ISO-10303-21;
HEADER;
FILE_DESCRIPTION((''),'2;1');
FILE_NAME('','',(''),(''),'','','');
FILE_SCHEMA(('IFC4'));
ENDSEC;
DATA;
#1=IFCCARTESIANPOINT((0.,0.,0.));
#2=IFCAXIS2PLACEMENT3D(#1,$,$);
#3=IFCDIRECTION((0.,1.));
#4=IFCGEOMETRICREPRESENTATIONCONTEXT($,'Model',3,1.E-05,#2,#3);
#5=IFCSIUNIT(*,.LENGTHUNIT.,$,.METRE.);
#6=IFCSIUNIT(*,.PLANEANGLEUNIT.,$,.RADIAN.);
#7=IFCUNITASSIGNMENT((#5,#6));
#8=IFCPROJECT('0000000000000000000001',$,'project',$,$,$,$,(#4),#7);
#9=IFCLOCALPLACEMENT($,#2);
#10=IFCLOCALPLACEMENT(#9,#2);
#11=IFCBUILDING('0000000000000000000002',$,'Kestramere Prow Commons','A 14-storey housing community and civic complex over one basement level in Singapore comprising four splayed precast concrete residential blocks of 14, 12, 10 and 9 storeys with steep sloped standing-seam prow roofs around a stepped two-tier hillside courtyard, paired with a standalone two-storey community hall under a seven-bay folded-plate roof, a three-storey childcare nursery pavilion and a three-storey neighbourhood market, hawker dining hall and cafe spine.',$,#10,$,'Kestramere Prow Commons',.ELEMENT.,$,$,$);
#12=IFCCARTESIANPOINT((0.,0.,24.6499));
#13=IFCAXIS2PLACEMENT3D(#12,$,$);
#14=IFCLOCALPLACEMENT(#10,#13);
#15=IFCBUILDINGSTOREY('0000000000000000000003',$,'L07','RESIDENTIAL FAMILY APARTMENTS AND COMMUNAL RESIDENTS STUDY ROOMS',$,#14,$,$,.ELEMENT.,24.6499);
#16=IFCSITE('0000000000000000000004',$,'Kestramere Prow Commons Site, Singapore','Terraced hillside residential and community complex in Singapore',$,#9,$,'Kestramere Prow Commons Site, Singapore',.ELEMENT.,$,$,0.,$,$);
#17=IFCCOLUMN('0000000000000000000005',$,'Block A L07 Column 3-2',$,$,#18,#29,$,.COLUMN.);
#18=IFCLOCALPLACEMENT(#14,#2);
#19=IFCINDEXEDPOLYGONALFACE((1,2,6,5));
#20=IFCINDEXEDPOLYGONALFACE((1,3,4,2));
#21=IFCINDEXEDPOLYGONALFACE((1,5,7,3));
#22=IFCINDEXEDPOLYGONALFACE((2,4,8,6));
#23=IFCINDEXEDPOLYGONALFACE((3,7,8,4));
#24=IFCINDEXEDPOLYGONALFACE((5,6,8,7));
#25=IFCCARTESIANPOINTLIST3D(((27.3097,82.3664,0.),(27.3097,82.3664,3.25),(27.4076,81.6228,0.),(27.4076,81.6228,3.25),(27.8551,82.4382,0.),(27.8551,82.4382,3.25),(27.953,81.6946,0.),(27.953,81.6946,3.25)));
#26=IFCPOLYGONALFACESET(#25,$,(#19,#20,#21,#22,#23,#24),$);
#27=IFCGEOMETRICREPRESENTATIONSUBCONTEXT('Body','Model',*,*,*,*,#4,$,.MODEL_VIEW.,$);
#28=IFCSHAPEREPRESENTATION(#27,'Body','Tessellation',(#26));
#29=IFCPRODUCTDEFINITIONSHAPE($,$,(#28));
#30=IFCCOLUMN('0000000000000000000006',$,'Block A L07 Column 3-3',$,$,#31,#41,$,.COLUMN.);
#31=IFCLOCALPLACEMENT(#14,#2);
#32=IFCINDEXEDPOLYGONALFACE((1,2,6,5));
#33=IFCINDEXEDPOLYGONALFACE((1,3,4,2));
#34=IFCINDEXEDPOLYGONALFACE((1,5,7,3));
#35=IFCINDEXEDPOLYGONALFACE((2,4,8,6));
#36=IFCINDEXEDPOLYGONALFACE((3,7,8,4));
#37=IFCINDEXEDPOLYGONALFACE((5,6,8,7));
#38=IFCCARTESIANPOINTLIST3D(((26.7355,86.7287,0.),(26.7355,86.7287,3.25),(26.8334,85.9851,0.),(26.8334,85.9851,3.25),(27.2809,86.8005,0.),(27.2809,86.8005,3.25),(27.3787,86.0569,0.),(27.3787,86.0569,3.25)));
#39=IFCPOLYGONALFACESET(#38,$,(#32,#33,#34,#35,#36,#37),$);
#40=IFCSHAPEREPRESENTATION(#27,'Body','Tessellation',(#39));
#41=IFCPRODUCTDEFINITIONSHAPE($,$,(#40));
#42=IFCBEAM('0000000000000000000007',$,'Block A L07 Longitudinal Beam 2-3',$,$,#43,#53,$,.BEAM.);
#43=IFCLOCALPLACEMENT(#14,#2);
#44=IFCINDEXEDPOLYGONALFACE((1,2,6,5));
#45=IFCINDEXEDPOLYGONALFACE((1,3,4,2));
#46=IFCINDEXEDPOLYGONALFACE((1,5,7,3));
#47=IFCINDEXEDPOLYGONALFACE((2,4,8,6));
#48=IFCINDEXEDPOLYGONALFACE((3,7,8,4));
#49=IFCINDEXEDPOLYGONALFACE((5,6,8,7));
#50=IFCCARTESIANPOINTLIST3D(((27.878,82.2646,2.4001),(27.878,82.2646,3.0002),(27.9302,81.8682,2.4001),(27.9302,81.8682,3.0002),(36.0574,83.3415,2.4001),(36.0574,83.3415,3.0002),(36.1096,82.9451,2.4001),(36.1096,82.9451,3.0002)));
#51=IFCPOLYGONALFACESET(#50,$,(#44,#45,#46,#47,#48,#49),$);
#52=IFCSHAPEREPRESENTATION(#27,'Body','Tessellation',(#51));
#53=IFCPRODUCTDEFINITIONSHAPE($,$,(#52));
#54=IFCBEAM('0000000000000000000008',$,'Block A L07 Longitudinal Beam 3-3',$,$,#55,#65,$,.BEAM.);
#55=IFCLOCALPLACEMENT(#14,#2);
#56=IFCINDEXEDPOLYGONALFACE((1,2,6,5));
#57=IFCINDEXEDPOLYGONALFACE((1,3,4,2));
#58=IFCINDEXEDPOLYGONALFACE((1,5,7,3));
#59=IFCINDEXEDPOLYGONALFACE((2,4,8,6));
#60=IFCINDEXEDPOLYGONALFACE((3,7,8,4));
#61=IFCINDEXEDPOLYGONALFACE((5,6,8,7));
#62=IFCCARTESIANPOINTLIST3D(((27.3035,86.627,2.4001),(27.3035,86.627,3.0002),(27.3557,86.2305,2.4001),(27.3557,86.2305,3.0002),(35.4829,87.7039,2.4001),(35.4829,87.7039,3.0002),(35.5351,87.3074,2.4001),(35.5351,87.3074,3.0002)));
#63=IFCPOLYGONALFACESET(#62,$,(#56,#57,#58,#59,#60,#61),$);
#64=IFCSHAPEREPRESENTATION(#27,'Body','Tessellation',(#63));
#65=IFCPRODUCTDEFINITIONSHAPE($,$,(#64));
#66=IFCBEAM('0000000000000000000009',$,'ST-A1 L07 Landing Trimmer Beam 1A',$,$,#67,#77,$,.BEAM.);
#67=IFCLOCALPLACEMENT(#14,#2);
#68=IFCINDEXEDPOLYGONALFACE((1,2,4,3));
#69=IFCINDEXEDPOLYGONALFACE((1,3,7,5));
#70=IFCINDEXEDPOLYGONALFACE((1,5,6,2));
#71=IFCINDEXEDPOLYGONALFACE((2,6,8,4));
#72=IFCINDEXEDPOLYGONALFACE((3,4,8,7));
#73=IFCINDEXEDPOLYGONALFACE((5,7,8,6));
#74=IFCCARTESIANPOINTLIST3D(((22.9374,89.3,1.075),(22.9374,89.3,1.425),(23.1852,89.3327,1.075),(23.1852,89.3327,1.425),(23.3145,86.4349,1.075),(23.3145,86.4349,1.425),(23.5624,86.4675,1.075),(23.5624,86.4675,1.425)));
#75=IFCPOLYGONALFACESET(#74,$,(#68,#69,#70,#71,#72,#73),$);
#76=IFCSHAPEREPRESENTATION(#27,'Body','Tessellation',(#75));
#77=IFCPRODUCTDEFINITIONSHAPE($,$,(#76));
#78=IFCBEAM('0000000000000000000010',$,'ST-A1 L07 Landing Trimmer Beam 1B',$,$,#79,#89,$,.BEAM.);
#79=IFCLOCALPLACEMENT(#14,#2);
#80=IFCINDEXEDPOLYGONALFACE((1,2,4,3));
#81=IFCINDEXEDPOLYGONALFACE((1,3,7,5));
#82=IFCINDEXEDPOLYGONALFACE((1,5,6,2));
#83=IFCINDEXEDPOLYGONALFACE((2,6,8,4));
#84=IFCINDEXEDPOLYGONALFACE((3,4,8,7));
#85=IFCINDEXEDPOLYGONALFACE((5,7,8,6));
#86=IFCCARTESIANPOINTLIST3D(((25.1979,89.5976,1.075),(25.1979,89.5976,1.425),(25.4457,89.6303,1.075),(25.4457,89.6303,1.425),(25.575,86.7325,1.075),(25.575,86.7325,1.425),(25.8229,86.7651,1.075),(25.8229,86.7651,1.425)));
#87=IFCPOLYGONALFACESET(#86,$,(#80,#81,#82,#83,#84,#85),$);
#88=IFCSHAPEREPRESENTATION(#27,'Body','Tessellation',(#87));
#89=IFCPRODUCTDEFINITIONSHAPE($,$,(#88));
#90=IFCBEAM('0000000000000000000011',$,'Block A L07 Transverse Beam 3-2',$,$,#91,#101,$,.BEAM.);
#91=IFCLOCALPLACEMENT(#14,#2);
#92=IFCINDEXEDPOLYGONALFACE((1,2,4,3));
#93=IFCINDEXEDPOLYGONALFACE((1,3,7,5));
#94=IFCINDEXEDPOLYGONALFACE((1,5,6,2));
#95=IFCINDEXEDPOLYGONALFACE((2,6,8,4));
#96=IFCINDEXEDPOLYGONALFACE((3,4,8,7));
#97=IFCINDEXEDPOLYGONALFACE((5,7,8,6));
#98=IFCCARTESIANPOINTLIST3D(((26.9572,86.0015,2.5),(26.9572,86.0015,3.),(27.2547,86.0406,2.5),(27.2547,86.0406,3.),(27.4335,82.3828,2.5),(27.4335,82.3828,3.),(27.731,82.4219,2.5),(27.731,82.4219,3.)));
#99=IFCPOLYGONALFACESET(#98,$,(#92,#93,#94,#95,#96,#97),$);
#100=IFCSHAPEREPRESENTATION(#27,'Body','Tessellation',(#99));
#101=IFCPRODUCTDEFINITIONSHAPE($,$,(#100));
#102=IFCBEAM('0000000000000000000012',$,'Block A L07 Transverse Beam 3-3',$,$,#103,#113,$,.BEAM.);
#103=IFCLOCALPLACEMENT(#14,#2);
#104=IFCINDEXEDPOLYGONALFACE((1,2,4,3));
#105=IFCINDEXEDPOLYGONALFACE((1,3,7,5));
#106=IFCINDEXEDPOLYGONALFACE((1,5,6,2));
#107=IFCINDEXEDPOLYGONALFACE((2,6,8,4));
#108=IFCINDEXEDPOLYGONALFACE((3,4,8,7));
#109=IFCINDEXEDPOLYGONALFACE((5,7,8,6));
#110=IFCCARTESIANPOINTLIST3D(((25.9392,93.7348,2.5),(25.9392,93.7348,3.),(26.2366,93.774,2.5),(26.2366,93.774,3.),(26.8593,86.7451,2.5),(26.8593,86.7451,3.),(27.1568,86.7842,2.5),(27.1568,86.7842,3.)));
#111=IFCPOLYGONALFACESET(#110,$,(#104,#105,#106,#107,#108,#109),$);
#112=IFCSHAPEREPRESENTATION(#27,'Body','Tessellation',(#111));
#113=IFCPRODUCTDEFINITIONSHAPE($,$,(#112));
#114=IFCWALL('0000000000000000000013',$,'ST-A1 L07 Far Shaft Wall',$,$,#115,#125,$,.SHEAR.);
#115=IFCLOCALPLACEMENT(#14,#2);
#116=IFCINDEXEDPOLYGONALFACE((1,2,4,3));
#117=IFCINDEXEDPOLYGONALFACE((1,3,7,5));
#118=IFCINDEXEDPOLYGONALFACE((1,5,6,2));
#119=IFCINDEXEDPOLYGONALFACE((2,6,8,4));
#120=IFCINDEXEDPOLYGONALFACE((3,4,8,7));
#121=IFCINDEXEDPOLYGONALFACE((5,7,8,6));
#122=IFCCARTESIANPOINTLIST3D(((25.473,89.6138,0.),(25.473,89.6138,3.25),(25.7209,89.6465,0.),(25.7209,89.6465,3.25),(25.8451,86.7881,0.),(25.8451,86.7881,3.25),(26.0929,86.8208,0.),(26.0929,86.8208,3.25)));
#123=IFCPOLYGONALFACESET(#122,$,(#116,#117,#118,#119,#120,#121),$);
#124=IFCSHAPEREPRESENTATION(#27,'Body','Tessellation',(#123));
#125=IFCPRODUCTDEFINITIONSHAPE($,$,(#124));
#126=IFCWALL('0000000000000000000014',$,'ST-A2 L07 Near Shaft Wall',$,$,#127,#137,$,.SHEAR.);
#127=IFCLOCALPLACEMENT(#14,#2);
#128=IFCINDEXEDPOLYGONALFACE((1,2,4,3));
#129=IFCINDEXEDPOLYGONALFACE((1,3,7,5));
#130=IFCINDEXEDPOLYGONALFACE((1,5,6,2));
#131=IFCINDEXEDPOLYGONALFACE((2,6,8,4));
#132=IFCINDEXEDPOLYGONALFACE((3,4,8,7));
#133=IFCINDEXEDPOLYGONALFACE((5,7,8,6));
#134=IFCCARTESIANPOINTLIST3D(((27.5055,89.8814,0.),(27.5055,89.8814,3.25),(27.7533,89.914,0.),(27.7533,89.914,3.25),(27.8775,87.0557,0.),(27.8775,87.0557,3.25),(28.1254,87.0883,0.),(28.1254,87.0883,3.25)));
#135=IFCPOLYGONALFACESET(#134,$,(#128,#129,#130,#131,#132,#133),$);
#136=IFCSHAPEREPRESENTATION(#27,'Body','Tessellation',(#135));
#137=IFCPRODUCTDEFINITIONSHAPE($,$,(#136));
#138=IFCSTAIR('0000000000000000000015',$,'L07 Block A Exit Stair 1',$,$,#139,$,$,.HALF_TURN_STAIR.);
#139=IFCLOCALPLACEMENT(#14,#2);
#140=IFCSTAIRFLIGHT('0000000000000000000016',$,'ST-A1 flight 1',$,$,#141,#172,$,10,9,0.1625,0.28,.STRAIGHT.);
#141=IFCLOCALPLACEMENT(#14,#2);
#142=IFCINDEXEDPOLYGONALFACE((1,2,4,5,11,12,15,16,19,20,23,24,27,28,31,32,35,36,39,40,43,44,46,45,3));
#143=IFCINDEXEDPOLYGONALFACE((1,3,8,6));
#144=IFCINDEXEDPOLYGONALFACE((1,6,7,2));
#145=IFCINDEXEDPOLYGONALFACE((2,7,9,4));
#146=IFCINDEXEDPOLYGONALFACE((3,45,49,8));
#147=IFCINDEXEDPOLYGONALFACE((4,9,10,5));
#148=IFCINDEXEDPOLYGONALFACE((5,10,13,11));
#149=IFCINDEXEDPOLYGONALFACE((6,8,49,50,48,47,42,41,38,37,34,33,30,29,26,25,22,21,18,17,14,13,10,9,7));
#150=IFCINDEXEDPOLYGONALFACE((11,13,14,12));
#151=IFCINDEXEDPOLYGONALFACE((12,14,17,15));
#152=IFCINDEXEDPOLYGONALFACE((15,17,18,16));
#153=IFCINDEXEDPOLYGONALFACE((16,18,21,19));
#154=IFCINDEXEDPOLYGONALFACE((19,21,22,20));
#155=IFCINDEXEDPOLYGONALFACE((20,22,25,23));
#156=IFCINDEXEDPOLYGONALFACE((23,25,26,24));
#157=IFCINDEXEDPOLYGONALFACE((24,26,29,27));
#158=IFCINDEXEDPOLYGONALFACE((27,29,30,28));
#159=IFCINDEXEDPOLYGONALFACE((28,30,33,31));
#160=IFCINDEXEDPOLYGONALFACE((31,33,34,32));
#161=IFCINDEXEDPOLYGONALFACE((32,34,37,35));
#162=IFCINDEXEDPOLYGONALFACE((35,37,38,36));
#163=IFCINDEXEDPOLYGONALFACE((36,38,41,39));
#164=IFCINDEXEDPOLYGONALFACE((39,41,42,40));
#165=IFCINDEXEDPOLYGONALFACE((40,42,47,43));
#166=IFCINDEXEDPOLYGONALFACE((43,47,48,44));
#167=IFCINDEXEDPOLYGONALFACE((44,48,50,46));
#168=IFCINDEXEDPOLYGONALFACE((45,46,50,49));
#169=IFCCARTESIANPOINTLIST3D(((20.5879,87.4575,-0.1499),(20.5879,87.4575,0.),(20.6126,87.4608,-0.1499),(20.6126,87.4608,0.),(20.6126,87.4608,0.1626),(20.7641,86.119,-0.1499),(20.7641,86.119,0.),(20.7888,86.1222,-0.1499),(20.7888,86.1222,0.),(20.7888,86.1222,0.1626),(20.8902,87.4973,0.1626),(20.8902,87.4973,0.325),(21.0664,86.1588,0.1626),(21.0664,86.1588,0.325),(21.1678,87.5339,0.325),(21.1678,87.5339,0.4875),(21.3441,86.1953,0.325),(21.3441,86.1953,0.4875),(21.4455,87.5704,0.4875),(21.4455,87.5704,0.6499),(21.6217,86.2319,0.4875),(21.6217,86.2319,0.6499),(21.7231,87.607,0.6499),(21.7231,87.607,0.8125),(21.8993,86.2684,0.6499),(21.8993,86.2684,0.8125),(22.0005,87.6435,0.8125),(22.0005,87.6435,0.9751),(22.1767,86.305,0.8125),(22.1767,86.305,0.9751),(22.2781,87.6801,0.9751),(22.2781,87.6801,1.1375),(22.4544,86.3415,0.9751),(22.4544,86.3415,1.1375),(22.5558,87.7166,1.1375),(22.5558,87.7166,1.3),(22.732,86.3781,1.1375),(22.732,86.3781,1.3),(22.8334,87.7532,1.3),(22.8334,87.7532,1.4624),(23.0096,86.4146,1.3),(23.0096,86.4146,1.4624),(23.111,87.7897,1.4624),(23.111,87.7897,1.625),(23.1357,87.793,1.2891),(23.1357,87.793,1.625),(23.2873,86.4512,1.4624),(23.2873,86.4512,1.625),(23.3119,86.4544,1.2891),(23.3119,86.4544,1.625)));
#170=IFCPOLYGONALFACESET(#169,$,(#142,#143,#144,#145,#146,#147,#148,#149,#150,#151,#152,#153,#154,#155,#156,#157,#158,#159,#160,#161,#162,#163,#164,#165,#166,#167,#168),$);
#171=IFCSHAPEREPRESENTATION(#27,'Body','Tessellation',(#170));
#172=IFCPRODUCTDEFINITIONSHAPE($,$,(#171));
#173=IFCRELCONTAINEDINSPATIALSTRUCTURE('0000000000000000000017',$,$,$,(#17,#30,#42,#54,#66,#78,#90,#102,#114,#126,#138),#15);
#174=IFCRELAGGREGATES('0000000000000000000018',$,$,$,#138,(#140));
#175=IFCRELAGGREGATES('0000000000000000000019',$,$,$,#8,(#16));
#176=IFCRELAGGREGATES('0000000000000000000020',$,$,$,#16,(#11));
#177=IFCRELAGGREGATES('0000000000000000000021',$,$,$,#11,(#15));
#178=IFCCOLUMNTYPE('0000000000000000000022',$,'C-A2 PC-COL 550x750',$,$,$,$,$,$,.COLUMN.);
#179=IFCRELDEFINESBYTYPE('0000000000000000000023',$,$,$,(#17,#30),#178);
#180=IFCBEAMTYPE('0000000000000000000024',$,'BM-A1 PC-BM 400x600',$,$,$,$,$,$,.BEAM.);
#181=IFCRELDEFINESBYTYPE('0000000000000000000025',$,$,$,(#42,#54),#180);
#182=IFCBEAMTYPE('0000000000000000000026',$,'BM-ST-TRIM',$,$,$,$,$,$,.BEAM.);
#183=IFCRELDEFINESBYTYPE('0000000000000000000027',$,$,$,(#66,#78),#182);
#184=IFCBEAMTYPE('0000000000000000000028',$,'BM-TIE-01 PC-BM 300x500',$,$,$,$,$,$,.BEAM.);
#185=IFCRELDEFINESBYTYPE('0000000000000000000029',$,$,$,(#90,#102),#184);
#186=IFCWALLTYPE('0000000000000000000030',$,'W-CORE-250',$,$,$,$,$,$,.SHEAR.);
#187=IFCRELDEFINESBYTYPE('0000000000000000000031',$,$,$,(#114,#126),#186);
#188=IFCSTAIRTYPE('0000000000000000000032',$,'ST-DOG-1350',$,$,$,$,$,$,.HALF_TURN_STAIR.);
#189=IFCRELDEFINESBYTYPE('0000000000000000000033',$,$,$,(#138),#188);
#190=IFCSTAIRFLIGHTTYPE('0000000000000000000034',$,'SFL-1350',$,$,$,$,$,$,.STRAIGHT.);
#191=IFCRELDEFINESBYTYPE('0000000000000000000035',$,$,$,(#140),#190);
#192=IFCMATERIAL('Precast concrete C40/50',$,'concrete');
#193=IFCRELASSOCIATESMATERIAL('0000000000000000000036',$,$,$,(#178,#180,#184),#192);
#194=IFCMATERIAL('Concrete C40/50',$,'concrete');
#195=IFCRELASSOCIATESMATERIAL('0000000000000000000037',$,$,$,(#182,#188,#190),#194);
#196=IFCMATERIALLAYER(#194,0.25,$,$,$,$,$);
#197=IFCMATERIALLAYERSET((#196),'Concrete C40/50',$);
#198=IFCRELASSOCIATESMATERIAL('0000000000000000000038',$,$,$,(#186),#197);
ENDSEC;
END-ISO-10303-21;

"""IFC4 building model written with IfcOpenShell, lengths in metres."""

from ifc_helpers import new_model, si_unit, direction, frame, frame_2d, origin, origin_2d, place, context, subcontext, project, spatial, polyline, rectangle, outline, extrude, material, layer, layer_set, material_profile, profile_set, type_object, element, aggregate, save


model = new_model("IFC4")

# Units and contexts
model_context = context("Model", 3, precision=1e-05, world=origin(), true_north=direction((0.0, 1.0)))
body_context = subcontext(model_context, "Body", "Model", "MODEL_VIEW")
ifc_project = project(units=[si_unit("LENGTHUNIT", "METRE"), si_unit("PLANEANGLEUNIT", "RADIAN")], contexts=[model_context])

# Site, building, storey
site_placement = place(None, origin())
site = spatial("IfcSite", under=ifc_project, at=site_placement, Name="Kestramere Prow Commons Site, Singapore", Description="Terraced hillside residential and community complex in Singapore", LongName="Kestramere Prow Commons Site, Singapore", CompositionType="ELEMENT", RefElevation=0.0)
building_placement = place(site_placement, origin())
building = spatial("IfcBuilding", under=site, at=building_placement, Name="Kestramere Prow Commons", Description="A 14-storey housing community and civic complex over one basement level in Singapore comprising four splayed precast concrete residential blocks of 14, 12, 10 and 9 storeys with steep sloped standing-seam prow roofs around a stepped two-tier hillside courtyard, paired with a standalone two-storey community hall under a seven-bay folded-plate roof, a three-storey childcare nursery pavilion and a three-storey neighbourhood market, hawker dining hall and cafe spine.", LongName="Kestramere Prow Commons", CompositionType="ELEMENT")
storey_placement = place(building_placement, frame((0.0, 0.0, 24.6499)))
storey = spatial("IfcBuildingStorey", under=building, at=storey_placement, Name="L07", Description="RESIDENTIAL FAMILY APARTMENTS AND COMMUNAL RESIDENTS STUDY ROOMS", CompositionType="ELEMENT", Elevation=24.6499)

# Columns
ifc_material_1 = material(Name="Precast concrete C40/50", Category="concrete")
ifc_material_profile_1 = material_profile(ifc_material_1, rectangle(XDim=0.55, YDim=0.75, at=origin_2d()), Name="PC-COL 550x750")
ifc_profile_set_1 = profile_set([ifc_material_profile_1], Name="Precast concrete C40/50")
column_type = type_object("IfcColumnType", Name="C-A2 PC-COL 550x750", PredefinedType="COLUMN", material=ifc_profile_set_1)
for number, where, z_axis, x_axis, name in (
    (1, (27.6313, 82.0305, 0.0), (0.0, 0.0, 1.0), (0.991445, 0.130526, 0.0), "Block A L07 Column 3-2"),
    (2, (27.0571, 86.3928, 0.0), (0.0, 0.0, 1.0), (0.991445, 0.130526, 0.0), "Block A L07 Column 3-3"),
):
    element("IfcColumn", number, at=place(storey_placement, frame(where, z_axis=z_axis, x_axis=x_axis)), inside=storey, type_object=column_type, Name=name, PredefinedType="COLUMN", context=body_context, shape_type="SweptSolid", body=[
        extrude(rectangle(XDim=0.55, YDim=0.75, at=origin_2d()), origin(), (0.0, 0.0, 1.0), 3.25),
    ])

# Beams
ifc_material_profile_2 = material_profile(ifc_material_1, rectangle(XDim=0.3999, YDim=0.6001, at=origin_2d()), Name="PC-BM 400x600")
ifc_profile_set_2 = profile_set([ifc_material_profile_2], Name="Precast concrete C40/50")
beam_type_1 = type_object("IfcBeamType", Name="BM-A1 PC-BM 400x600", PredefinedType="BEAM", material=ifc_profile_set_2)
for number, where, z_axis, x_axis, name in (
    (3, (27.9041, 82.0664, 2.7002), (0.991444, 0.130533, 0.0), (-0.130533, 0.991444, 0.0), "Block A L07 Longitudinal Beam 2-3"),
    (4, (27.3296, 86.4287, 2.7002), (0.991444, 0.130533, 0.0), (-0.130533, 0.991444, 0.0), "Block A L07 Longitudinal Beam 3-3"),
):
    element("IfcBeam", number, at=place(storey_placement, frame(where, z_axis=z_axis, x_axis=x_axis)), inside=storey, type_object=beam_type_1, Name=name, PredefinedType="BEAM", context=body_context, shape_type="SweptSolid", body=[
        extrude(rectangle(XDim=0.3999, YDim=0.6001, at=origin_2d()), origin(), (0.0, 0.0, 1.0), 8.25),
    ])
ifc_material_2 = material(Name="Concrete C40/50", Category="concrete")
ifc_material_profile_3 = material_profile(ifc_material_2, rectangle(XDim=0.25, YDim=0.3501, at=origin_2d()), Name="PC-BM 250x350")
ifc_profile_set_3 = profile_set([ifc_material_profile_3], Name="Concrete C40/50")
beam_type_2 = type_object("IfcBeamType", Name="BM-ST-TRIM", PredefinedType="BEAM", material=ifc_profile_set_3)
for number, where, z_axis, x_axis, name in (
    (5, (23.4385, 86.4512, 1.25), (-0.13052, 0.991446, 0.0), (-0.991446, -0.13052, 0.0), "ST-A1 L07 Landing Trimmer Beam 1A"),
    (6, (25.699, 86.7488, 1.25), (-0.13052, 0.991446, 0.0), (-0.991446, -0.13052, 0.0), "ST-A1 L07 Landing Trimmer Beam 1B"),
):
    element("IfcBeam", number, at=place(storey_placement, frame(where, z_axis=z_axis, x_axis=x_axis)), inside=storey, type_object=beam_type_2, Name=name, PredefinedType="BEAM", context=body_context, shape_type="SweptSolid", body=[
        extrude(rectangle(XDim=0.25, YDim=0.3501, at=origin_2d()), origin(), (0.0, 0.0, 1.0), 2.8899),
    ])
ifc_material_profile_4 = material_profile(ifc_material_1, rectangle(XDim=0.3, YDim=0.5, at=origin_2d()), Name="PC-BM 300x500")
ifc_profile_set_4 = profile_set([ifc_material_profile_4], Name="Precast concrete C40/50")
beam_type_3 = type_object("IfcBeamType", Name="BM-TIE-01 PC-BM 300x500", PredefinedType="BEAM", material=ifc_profile_set_4)
beam_1_placement = place(storey_placement, frame((27.5823, 82.4023, 2.75), z_axis=(-0.130503, 0.991448, 0.0), x_axis=(-0.991448, -0.130503, 0.0)))
element("IfcBeam", 7, at=beam_1_placement, inside=storey, type_object=beam_type_3, Name="Block A L07 Transverse Beam 3-2", PredefinedType="BEAM", context=body_context, shape_type="SweptSolid", body=[
    extrude(rectangle(XDim=0.3, YDim=0.5, at=origin_2d()), origin(), (0.0, 0.0, 1.0), 3.6499),
])
beam_2_placement = place(storey_placement, frame((27.0081, 86.7646, 2.75), z_axis=(-0.130519, 0.991446, 0.0), x_axis=(-0.991446, -0.130519, 0.0)))
element("IfcBeam", 8, at=beam_2_placement, inside=storey, type_object=beam_type_3, Name="Block A L07 Transverse Beam 3-3", PredefinedType="BEAM", context=body_context, shape_type="SweptSolid", body=[
    extrude(rectangle(XDim=0.3, YDim=0.5, at=origin_2d()), origin(), (0.0, 0.0, 1.0), 7.05),
])

# Wall
ifc_layer = layer(ifc_material_2, 0.25)
ifc_layer_set = layer_set([ifc_layer], Name="Concrete C40/50")
wall_type = type_object("IfcWallType", Name="W-CORE-250", PredefinedType="SHEAR", material=ifc_layer_set)
wall_1_placement = place(storey_placement, frame((25.969, 86.8044, 0.0), z_axis=(0.0, 0.0, 1.0), x_axis=(-0.130548, 0.991442, 0.0)))
element("IfcWall", 9, at=wall_1_placement, inside=storey, type_object=wall_type, Name="ST-A1 L07 Far Shaft Wall", PredefinedType="SHEAR", context=body_context, shape_type="SweptSolid", body=[
    extrude(rectangle(XDim=2.8501, YDim=0.25, at=frame_2d((1.425, 0.0))), origin(), (0.0, 0.0, 1.0), 3.25),
])

# Wall
wall_2_placement = place(storey_placement, frame((28.0015, 87.072, 0.0), z_axis=(0.0, 0.0, 1.0), x_axis=(-0.130548, 0.991442, 0.0)))
element("IfcWall", 10, at=wall_2_placement, inside=storey, type_object=wall_type, Name="ST-A2 L07 Near Shaft Wall", PredefinedType="SHEAR", context=body_context, shape_type="SweptSolid", body=[
    extrude(rectangle(XDim=2.8501, YDim=0.25, at=frame_2d((1.425, 0.0))), origin(), (0.0, 0.0, 1.0), 3.25),
])

# Stair, stair flight
stair_type = type_object("IfcStairType", Name="ST-DOG-1350", PredefinedType="HALF_TURN_STAIR", material=ifc_material_2)
stair_1_placement = place(storey_placement, origin())
stair_1 = element("IfcStair", 11, at=stair_1_placement, inside=storey, type_object=stair_type, Name="L07 Block A Exit Stair 1", PredefinedType="HALF_TURN_STAIR")
stair_flight_type = type_object("IfcStairFlightType", Name="SFL-1350", PredefinedType="STRAIGHT", material=ifc_material_2)
stair_flight_1_placement = place(storey_placement, frame((20.7007, 86.7915, 0.0), z_axis=(0.0, 0.0, 1.0), x_axis=(0.991445, 0.130526, 0.0)))
stair_flight_1 = element("IfcStairFlight", 12, at=stair_flight_1_placement, type_object=stair_flight_type, Name="ST-A1 flight 1", NumberOfRisers=10, NumberOfTreads=9, PredefinedType="STRAIGHT", RiserHeight=0.1625, TreadLength=0.28, context=body_context, shape_type="SweptSolid", body=[
    extrude(outline(polyline([(-0.0249, 0.0), (0.0, 0.0), (0.0, 0.1626), (0.28, 0.1626), (0.28, 0.325), (0.5601, 0.325), (0.5601, 0.4875), (0.8401, 0.4875), (0.8401, 0.6499), (1.1201, 0.6499), (1.1201, 0.8125), (1.3999, 0.8125), (1.3999, 0.9751), (1.6799, 0.9751), (1.6799, 1.1375), (1.96, 1.1375), (1.96, 1.3), (2.24, 1.3), (2.24, 1.4624), (2.52, 1.4624), (2.52, 1.625), (2.5449, 1.625), (2.5449, 1.2891), (0.0, -0.1499), (-0.0249, -0.1499), (-0.0249, 0.0)])), frame((0.0, 0.675, 0.0), z_axis=(0.0, -1.0, 0.0), x_axis=(1.0, 0.0, 0.0)), (0.0, 0.0, 1.0), 1.3501),
])
aggregate(stair_1, [stair_flight_1])

save(model, "model.ifc")
